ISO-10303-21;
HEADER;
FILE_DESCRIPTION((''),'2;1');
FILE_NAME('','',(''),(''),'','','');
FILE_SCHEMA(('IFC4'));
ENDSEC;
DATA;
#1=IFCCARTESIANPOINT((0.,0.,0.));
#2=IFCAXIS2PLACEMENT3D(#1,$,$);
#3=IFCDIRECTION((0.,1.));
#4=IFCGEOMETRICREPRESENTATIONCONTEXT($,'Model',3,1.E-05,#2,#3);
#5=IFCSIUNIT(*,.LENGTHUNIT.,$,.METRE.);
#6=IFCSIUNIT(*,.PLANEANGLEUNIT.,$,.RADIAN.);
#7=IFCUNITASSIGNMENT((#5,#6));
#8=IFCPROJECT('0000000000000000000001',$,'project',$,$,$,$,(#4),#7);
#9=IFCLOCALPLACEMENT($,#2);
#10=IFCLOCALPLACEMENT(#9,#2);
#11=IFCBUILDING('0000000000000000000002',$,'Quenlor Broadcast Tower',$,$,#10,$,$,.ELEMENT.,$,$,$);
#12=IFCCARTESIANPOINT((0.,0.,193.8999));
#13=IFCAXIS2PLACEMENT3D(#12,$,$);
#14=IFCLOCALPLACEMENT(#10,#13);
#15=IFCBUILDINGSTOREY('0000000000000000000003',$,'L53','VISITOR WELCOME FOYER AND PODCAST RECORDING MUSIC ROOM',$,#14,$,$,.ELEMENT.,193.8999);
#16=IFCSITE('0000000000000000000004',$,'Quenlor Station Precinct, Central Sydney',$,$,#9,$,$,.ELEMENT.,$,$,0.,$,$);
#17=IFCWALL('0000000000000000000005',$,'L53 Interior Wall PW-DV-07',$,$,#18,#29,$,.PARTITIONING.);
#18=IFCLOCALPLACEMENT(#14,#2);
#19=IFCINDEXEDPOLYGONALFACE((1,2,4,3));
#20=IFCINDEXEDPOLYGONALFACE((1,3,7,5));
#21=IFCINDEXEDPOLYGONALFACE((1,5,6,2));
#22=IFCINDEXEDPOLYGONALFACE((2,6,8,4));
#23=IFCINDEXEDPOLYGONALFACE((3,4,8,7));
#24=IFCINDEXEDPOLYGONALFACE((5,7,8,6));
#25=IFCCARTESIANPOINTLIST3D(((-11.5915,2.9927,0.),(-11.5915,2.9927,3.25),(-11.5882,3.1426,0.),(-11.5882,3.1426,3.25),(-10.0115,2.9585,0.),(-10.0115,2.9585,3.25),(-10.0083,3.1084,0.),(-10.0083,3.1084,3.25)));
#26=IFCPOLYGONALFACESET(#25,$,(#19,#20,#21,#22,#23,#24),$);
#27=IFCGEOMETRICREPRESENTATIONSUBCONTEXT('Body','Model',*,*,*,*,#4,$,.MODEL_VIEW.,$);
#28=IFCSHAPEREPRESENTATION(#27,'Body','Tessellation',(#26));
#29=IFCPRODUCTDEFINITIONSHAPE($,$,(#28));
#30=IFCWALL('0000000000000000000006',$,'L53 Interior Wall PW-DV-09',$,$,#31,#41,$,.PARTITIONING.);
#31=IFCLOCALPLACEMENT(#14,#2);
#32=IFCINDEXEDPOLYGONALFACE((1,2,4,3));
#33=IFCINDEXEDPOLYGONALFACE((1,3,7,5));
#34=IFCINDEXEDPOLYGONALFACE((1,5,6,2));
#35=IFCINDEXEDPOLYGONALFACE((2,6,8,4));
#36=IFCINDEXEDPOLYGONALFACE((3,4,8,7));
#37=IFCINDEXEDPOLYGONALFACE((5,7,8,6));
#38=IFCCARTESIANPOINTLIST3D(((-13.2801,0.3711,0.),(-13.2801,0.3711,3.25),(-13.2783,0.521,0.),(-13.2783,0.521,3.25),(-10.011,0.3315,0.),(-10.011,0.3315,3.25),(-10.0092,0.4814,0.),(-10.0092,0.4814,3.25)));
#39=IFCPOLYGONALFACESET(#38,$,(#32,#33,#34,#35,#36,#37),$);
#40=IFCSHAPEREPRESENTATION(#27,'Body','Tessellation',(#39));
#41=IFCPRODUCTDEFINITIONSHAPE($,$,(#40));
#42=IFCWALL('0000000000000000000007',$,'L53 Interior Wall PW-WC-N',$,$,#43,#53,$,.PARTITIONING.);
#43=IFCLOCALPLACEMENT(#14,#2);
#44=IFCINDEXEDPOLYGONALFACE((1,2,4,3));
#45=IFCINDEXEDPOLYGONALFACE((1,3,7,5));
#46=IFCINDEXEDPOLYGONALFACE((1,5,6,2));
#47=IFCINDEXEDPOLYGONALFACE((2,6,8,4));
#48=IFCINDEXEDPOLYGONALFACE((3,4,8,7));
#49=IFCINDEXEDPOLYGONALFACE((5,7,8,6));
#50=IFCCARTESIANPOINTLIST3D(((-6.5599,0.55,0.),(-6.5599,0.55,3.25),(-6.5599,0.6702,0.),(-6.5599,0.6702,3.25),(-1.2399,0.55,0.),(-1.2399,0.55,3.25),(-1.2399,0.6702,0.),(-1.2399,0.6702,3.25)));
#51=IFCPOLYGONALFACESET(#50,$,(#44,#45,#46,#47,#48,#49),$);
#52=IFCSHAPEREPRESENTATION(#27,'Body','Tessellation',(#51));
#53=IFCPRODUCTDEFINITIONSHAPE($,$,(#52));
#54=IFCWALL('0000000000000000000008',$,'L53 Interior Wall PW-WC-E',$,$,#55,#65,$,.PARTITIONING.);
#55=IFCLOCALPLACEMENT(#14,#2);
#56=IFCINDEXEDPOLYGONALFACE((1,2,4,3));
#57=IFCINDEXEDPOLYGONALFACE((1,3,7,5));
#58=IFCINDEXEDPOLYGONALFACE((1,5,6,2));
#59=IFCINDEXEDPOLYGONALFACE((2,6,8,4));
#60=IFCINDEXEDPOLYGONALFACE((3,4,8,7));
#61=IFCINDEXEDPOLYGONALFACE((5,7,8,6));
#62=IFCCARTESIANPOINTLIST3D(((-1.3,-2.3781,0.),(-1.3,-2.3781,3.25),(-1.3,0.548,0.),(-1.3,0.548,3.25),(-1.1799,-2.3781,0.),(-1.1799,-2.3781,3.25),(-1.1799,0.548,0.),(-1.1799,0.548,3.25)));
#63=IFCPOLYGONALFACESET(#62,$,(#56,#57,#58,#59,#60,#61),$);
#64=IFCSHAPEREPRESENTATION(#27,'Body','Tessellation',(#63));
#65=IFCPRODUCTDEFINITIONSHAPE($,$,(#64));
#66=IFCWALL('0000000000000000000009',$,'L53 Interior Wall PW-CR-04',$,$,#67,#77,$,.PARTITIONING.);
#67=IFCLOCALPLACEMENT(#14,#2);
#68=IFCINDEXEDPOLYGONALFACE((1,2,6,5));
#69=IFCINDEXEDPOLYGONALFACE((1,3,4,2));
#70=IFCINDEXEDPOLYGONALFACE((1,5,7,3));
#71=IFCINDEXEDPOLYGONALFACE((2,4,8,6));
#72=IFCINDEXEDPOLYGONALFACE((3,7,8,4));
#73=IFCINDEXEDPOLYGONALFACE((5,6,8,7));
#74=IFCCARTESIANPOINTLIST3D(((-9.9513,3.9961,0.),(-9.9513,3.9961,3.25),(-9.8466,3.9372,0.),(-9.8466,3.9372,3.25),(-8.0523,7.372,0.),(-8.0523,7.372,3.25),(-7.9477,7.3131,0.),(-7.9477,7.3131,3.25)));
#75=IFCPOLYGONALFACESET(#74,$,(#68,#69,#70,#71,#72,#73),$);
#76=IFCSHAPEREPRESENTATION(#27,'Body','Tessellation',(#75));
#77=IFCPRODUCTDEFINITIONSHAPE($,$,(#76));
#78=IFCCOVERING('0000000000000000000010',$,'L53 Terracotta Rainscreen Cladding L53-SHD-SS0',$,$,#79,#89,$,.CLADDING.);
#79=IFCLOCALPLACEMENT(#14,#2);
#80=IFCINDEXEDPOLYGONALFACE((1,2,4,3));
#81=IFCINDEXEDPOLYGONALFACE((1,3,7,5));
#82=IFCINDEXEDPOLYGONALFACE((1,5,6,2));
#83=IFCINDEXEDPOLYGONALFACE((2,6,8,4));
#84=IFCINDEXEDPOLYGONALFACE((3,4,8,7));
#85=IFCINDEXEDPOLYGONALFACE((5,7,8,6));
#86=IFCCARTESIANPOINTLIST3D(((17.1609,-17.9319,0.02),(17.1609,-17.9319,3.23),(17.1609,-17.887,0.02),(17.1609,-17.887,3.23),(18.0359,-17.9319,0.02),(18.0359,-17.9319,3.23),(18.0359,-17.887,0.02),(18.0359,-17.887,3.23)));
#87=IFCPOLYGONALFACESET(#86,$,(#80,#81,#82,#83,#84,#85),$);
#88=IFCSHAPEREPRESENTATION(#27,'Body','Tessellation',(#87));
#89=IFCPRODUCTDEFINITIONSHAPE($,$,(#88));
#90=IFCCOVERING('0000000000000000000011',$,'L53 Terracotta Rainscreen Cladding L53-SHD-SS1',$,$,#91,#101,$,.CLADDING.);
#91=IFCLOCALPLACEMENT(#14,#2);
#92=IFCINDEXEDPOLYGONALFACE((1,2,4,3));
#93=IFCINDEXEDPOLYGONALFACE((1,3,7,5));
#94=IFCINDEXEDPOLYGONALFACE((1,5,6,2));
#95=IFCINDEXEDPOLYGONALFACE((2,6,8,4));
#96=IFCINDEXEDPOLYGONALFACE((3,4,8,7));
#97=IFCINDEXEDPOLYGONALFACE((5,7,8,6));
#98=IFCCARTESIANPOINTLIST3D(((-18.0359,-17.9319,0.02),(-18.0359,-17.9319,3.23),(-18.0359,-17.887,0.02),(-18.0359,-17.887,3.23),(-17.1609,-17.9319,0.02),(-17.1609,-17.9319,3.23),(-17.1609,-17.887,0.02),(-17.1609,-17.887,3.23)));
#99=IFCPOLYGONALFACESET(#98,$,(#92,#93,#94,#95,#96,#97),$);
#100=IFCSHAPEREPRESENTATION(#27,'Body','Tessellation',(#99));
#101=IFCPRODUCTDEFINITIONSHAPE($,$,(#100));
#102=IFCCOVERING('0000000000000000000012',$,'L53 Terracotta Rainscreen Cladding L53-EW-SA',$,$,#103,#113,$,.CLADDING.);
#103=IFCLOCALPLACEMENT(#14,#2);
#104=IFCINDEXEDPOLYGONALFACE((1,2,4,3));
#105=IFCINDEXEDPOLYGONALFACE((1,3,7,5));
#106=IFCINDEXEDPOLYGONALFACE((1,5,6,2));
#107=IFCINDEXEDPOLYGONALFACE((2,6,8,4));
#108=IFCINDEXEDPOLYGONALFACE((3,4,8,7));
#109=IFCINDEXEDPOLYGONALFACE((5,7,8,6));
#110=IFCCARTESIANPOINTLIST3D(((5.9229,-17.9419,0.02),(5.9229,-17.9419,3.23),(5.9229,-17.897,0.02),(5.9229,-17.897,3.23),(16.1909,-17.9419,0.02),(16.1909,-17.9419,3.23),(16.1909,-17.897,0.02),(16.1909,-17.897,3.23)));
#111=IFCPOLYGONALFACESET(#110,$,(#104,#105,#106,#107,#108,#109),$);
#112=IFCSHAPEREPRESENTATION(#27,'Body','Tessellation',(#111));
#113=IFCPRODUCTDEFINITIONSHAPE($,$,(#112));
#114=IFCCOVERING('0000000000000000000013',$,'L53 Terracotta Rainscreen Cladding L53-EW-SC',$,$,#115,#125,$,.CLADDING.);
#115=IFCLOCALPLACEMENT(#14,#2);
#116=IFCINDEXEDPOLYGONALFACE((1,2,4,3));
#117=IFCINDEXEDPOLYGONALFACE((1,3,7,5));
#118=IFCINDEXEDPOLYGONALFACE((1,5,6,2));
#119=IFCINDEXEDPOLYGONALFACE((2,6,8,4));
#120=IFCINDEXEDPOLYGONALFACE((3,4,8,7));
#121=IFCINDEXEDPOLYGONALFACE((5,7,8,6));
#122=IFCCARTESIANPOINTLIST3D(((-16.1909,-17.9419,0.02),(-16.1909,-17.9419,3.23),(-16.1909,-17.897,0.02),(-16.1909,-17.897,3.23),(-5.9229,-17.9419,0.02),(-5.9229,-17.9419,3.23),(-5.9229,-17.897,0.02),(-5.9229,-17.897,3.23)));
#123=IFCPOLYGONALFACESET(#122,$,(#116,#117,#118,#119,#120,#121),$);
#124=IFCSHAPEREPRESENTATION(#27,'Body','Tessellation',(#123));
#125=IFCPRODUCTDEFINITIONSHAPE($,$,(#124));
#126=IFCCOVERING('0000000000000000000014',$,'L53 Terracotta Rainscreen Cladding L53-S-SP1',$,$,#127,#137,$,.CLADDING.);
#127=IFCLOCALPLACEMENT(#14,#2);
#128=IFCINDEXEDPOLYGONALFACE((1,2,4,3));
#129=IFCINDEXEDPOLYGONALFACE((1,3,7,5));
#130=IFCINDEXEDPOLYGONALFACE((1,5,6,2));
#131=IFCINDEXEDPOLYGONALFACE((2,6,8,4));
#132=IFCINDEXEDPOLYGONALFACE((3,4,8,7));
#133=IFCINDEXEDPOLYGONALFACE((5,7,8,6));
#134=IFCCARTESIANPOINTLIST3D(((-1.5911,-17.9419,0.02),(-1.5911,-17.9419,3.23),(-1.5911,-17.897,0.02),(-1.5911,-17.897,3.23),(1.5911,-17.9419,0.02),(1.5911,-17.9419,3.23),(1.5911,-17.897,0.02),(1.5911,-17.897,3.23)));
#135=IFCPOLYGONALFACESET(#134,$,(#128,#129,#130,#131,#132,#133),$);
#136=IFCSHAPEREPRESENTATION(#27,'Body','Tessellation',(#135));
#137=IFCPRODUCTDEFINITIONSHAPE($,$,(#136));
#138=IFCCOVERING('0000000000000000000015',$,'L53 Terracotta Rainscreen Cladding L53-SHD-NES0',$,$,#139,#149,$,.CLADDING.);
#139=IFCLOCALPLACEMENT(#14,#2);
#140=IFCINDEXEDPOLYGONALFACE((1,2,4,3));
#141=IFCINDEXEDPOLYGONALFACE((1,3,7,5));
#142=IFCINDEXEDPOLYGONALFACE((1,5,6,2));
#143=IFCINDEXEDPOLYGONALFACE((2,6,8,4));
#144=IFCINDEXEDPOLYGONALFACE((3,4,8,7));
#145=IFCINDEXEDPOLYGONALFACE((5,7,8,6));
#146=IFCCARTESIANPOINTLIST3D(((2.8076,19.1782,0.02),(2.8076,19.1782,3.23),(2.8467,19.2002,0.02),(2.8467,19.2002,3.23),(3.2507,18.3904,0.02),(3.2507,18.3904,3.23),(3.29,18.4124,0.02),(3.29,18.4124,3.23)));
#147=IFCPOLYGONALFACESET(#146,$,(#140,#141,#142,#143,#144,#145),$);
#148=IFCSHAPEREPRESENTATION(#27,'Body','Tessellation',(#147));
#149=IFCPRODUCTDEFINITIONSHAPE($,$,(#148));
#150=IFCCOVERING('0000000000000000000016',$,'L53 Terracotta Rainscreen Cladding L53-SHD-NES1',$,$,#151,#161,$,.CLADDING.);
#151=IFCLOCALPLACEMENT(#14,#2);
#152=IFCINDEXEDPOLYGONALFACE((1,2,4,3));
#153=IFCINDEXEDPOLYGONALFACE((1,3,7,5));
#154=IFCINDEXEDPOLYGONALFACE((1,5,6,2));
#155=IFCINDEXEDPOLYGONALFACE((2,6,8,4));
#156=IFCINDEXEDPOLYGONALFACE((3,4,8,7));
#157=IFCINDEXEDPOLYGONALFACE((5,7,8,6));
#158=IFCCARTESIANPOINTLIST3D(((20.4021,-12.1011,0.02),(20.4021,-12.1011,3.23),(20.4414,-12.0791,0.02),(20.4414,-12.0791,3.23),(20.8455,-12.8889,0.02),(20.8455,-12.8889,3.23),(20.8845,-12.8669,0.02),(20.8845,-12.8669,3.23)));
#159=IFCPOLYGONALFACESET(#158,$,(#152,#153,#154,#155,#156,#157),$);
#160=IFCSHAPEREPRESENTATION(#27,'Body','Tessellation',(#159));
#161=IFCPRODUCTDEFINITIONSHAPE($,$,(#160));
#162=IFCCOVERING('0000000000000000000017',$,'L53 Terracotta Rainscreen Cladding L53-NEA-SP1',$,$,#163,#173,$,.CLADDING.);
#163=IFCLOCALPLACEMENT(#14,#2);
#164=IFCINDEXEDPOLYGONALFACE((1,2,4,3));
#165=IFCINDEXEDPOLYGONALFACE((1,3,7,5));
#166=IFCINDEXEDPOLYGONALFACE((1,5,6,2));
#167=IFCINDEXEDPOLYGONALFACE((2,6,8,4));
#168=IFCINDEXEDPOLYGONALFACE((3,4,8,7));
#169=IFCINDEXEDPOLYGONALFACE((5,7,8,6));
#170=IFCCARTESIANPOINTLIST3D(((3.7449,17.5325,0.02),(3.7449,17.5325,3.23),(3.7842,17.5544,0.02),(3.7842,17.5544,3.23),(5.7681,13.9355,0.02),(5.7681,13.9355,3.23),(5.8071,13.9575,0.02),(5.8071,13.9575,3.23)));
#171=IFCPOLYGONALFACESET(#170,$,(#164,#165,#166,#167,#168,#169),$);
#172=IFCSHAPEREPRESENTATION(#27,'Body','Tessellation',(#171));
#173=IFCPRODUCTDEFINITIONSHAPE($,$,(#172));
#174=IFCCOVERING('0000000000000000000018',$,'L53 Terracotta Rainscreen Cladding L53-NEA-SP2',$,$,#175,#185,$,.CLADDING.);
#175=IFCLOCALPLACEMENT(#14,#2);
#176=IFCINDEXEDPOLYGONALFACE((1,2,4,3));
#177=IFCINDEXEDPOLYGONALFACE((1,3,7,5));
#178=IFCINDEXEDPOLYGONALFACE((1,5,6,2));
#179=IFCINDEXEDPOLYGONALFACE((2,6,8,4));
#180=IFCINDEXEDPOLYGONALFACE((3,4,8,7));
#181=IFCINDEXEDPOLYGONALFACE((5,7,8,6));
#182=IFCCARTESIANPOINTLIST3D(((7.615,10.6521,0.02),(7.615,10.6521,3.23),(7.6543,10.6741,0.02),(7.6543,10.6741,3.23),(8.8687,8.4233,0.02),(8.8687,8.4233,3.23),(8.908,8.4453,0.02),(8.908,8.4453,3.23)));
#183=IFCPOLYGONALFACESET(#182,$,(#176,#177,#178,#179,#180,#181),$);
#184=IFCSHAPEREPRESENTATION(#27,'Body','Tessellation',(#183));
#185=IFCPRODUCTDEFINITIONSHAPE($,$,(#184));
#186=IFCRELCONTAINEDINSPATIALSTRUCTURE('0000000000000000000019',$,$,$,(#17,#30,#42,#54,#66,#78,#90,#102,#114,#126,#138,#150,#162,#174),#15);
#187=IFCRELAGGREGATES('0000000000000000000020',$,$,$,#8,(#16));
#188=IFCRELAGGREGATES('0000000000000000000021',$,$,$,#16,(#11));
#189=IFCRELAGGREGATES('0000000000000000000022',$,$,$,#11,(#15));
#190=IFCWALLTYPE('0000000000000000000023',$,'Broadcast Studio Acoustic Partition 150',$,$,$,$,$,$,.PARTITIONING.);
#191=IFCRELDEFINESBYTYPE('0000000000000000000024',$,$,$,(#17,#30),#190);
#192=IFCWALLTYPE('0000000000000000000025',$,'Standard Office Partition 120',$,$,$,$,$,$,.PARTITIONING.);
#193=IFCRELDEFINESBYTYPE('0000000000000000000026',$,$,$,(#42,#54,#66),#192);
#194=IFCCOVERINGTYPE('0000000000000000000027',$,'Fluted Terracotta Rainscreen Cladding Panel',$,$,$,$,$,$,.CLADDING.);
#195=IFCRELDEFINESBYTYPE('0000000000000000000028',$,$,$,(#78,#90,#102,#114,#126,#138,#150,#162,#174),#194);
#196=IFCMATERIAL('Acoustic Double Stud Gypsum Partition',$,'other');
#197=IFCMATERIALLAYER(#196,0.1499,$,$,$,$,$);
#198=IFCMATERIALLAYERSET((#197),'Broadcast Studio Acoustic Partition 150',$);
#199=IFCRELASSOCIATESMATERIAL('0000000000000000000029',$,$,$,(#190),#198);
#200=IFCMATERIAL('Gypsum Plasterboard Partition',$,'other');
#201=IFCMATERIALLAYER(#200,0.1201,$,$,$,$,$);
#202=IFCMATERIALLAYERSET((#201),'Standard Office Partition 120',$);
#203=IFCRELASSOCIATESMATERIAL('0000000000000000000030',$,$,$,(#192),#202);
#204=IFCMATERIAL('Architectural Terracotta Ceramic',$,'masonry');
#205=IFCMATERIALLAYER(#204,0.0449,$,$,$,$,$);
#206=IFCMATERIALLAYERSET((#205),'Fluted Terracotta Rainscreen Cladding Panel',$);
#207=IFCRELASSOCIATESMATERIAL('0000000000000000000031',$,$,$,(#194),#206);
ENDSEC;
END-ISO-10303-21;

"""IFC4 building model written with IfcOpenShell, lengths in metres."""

from ifc_helpers import new_model, si_unit, direction, frame, frame_2d, origin, place, context, subcontext, project, spatial, polyline, rectangle, outline, extrude, material, layer, layer_set, type_object, element, save


model = new_model("IFC4")

# Units and contexts
model_context = context("Model", 3, precision=1e-05, world=origin(), true_north=direction((0.0, 1.0)))
body_context = subcontext(model_context, "Body", "Model", "MODEL_VIEW")
ifc_project = project(units=[si_unit("LENGTHUNIT", "METRE"), si_unit("PLANEANGLEUNIT", "RADIAN")], contexts=[model_context])

# Site, building, storey
site_placement = place(None, origin())
site = spatial("IfcSite", under=ifc_project, at=site_placement, Name="Quenlor Station Precinct, Central Sydney", CompositionType="ELEMENT", RefElevation=0.0)
building_placement = place(site_placement, origin())
building = spatial("IfcBuilding", under=site, at=building_placement, Name="Quenlor Broadcast Tower", CompositionType="ELEMENT")
storey_placement = place(building_placement, frame((0.0, 0.0, 193.8999)))
storey = spatial("IfcBuildingStorey", under=building, at=storey_placement, Name="L53", Description="VISITOR WELCOME FOYER AND PODCAST RECORDING MUSIC ROOM", CompositionType="ELEMENT", Elevation=193.8999)

# Walls
ifc_material_1 = material(Name="Acoustic Double Stud Gypsum Partition", Category="other")
ifc_layer_1 = layer(ifc_material_1, 0.1499)
ifc_layer_set_1 = layer_set([ifc_layer_1], Name="Broadcast Studio Acoustic Partition 150")
wall_type_1 = type_object("IfcWallType", Name="Broadcast Studio Acoustic Partition 150", PredefinedType="PARTITIONING", material=ifc_layer_set_1)
wall_1_placement = place(storey_placement, frame((-10.01, 3.0334, 0.0), z_axis=(0.0, 0.0, 1.0), x_axis=(-0.999766, 0.02163, 0.0)))
element("IfcWall", 1, at=wall_1_placement, inside=storey, type_object=wall_type_1, Name="L53 Interior Wall PW-DV-07", PredefinedType="PARTITIONING", context=body_context, shape_type="SweptSolid", body=[
    extrude(rectangle(XDim=1.5803, YDim=0.1499, at=frame_2d((0.79, 0.0))), origin(), (0.0, 0.0, 1.0), 3.25),
])
wall_2_placement = place(storey_placement, frame((-10.01, 0.4065, 0.0), z_axis=(0.0, 0.0, 1.0), x_axis=(-0.999927, 0.012098, 0.0)))
element("IfcWall", 2, at=wall_2_placement, inside=storey, type_object=wall_type_1, Name="L53 Interior Wall PW-DV-09", PredefinedType="PARTITIONING", context=body_context, shape_type="SweptSolid", body=[
    extrude(rectangle(XDim=3.2693, YDim=0.1499, at=frame_2d((1.6348, 0.0))), origin(), (0.0, 0.0, 1.0), 3.25),
])
ifc_material_2 = material(Name="Gypsum Plasterboard Partition", Category="other")
ifc_layer_2 = layer(ifc_material_2, 0.1201)
ifc_layer_set_2 = layer_set([ifc_layer_2], Name="Standard Office Partition 120")
wall_type_2 = type_object("IfcWallType", Name="Standard Office Partition 120", PredefinedType="PARTITIONING", material=ifc_layer_set_2)
wall_3_placement = place(storey_placement, frame((-6.5601, 0.6101, 0.0), z_axis=(0.0, 0.0, 1.0), x_axis=(1.0, 0.0, 0.0)))
element("IfcWall", 3, at=wall_3_placement, inside=storey, type_object=wall_type_2, Name="L53 Interior Wall PW-WC-N", PredefinedType="PARTITIONING", context=body_context, shape_type="SweptSolid", body=[
    extrude(rectangle(XDim=5.3201, YDim=0.1201, at=frame_2d((2.6602, 0.0))), origin(), (0.0, 0.0, 1.0), 3.25),
])
wall_4_placement = place(storey_placement, frame((-1.24, -2.3779, 0.0), z_axis=(0.0, 0.0, 1.0), x_axis=(0.0, 1.0, 0.0)))
element("IfcWall", 4, at=wall_4_placement, inside=storey, type_object=wall_type_2, Name="L53 Interior Wall PW-WC-E", PredefinedType="PARTITIONING", context=body_context, shape_type="SweptSolid", body=[
    extrude(rectangle(XDim=2.926, YDim=0.1201, at=frame_2d((1.4629, 0.0))), origin(), (0.0, 0.0, 1.0), 3.25),
])

# Wall
wall_5_placement = place(storey_placement, frame((-9.8989, 3.9668, 0.0), z_axis=(0.0, 0.0, 1.0), x_axis=(0.490276, 0.871567, 0.0)))
element("IfcWall", 5, at=wall_5_placement, inside=storey, type_object=wall_type_2, Name="L53 Interior Wall PW-CR-04", PredefinedType="PARTITIONING", context=body_context, shape_type="SweptSolid", body=[
    extrude(rectangle(XDim=3.8733, YDim=0.1201, at=frame_2d((1.9365, 0.0))), origin(), (0.0, 0.0, 1.0), 3.25),
])

# Coverings
ifc_material_3 = material(Name="Architectural Terracotta Ceramic", Category="masonry")
ifc_layer_3 = layer(ifc_material_3, 0.0449)
ifc_layer_set_3 = layer_set([ifc_layer_3], Name="Fluted Terracotta Rainscreen Cladding Panel")
covering_type = type_object("IfcCoveringType", Name="Fluted Terracotta Rainscreen Cladding Panel", PredefinedType="CLADDING", material=ifc_layer_set_3)
covering_1_placement = place(storey_placement, frame((0.0, 0.0, 0.02)))
element("IfcCovering", 6, at=covering_1_placement, inside=storey, type_object=covering_type, Name="L53 Terracotta Rainscreen Cladding L53-SHD-SS0", PredefinedType="CLADDING", context=body_context, shape_type="SweptSolid", body=[
    extrude(outline(polyline([(18.0359, -17.887), (17.1609, -17.887), (17.1609, -17.9319), (18.0359, -17.9319), (18.0359, -17.887)])), origin(), (0.0, 0.0, 1.0), 3.21),
])
covering_2_placement = place(storey_placement, frame((0.0, 0.0, 0.02)))
element("IfcCovering", 7, at=covering_2_placement, inside=storey, type_object=covering_type, Name="L53 Terracotta Rainscreen Cladding L53-SHD-SS1", PredefinedType="CLADDING", context=body_context, shape_type="SweptSolid", body=[
    extrude(outline(polyline([(-17.1609, -17.887), (-18.0359, -17.887), (-18.0359, -17.9319), (-17.1609, -17.9319), (-17.1609, -17.887)])), origin(), (0.0, 0.0, 1.0), 3.21),
])
covering_3_placement = place(storey_placement, frame((0.0, 0.0, 0.02)))
element("IfcCovering", 8, at=covering_3_placement, inside=storey, type_object=covering_type, Name="L53 Terracotta Rainscreen Cladding L53-EW-SA", PredefinedType="CLADDING", context=body_context, shape_type="SweptSolid", body=[
    extrude(outline(polyline([(16.1909, -17.897), (5.9229, -17.897), (5.9229, -17.9419), (16.1909, -17.9419), (16.1909, -17.897)])), origin(), (0.0, 0.0, 1.0), 3.21),
])
covering_4_placement = place(storey_placement, frame((0.0, 0.0, 0.02)))
element("IfcCovering", 9, at=covering_4_placement, inside=storey, type_object=covering_type, Name="L53 Terracotta Rainscreen Cladding L53-EW-SC", PredefinedType="CLADDING", context=body_context, shape_type="SweptSolid", body=[
    extrude(outline(polyline([(-5.9229, -17.897), (-16.1909, -17.897), (-16.1909, -17.9419), (-5.9229, -17.9419), (-5.9229, -17.897)])), origin(), (0.0, 0.0, 1.0), 3.21),
])
covering_5_placement = place(storey_placement, frame((0.0, 0.0, 0.02)))
element("IfcCovering", 10, at=covering_5_placement, inside=storey, type_object=covering_type, Name="L53 Terracotta Rainscreen Cladding L53-S-SP1", PredefinedType="CLADDING", context=body_context, shape_type="SweptSolid", body=[
    extrude(outline(polyline([(1.5911, -17.897), (-1.5911, -17.897), (-1.5911, -17.9419), (1.5911, -17.9419), (1.5911, -17.897)])), origin(), (0.0, 0.0, 1.0), 3.21),
])
covering_6_placement = place(storey_placement, frame((0.0, 0.0, 0.02)))
element("IfcCovering", 11, at=covering_6_placement, inside=storey, type_object=covering_type, Name="L53 Terracotta Rainscreen Cladding L53-SHD-NES0", PredefinedType="CLADDING", context=body_context, shape_type="SweptSolid", body=[
    extrude(outline(polyline([(2.8076, 19.1782), (3.2507, 18.3904), (3.29, 18.4124), (2.8467, 19.2002), (2.8076, 19.1782)])), origin(), (0.0, 0.0, 1.0), 3.21),
])
covering_7_placement = place(storey_placement, frame((0.0, 0.0, 0.02)))
element("IfcCovering", 12, at=covering_7_placement, inside=storey, type_object=covering_type, Name="L53 Terracotta Rainscreen Cladding L53-SHD-NES1", PredefinedType="CLADDING", context=body_context, shape_type="SweptSolid", body=[
    extrude(outline(polyline([(20.4021, -12.1011), (20.8455, -12.8889), (20.8845, -12.8669), (20.4414, -12.0791), (20.4021, -12.1011)])), origin(), (0.0, 0.0, 1.0), 3.21),
])
covering_8_placement = place(storey_placement, frame((0.0, 0.0, 0.02)))
element("IfcCovering", 13, at=covering_8_placement, inside=storey, type_object=covering_type, Name="L53 Terracotta Rainscreen Cladding L53-NEA-SP1", PredefinedType="CLADDING", context=body_context, shape_type="SweptSolid", body=[
    extrude(outline(polyline([(3.7449, 17.5325), (5.7681, 13.9355), (5.8071, 13.9575), (3.7842, 17.5544), (3.7449, 17.5325)])), origin(), (0.0, 0.0, 1.0), 3.21),
])
covering_9_placement = place(storey_placement, frame((0.0, 0.0, 0.02)))
element("IfcCovering", 14, at=covering_9_placement, inside=storey, type_object=covering_type, Name="L53 Terracotta Rainscreen Cladding L53-NEA-SP2", PredefinedType="CLADDING", context=body_context, shape_type="SweptSolid", body=[
    extrude(outline(polyline([(7.615, 10.6521), (8.8687, 8.4233), (8.908, 8.4453), (7.6543, 10.6741), (7.615, 10.6521)])), origin(), (0.0, 0.0, 1.0), 3.21),
])

save(model, "model.ifc")
